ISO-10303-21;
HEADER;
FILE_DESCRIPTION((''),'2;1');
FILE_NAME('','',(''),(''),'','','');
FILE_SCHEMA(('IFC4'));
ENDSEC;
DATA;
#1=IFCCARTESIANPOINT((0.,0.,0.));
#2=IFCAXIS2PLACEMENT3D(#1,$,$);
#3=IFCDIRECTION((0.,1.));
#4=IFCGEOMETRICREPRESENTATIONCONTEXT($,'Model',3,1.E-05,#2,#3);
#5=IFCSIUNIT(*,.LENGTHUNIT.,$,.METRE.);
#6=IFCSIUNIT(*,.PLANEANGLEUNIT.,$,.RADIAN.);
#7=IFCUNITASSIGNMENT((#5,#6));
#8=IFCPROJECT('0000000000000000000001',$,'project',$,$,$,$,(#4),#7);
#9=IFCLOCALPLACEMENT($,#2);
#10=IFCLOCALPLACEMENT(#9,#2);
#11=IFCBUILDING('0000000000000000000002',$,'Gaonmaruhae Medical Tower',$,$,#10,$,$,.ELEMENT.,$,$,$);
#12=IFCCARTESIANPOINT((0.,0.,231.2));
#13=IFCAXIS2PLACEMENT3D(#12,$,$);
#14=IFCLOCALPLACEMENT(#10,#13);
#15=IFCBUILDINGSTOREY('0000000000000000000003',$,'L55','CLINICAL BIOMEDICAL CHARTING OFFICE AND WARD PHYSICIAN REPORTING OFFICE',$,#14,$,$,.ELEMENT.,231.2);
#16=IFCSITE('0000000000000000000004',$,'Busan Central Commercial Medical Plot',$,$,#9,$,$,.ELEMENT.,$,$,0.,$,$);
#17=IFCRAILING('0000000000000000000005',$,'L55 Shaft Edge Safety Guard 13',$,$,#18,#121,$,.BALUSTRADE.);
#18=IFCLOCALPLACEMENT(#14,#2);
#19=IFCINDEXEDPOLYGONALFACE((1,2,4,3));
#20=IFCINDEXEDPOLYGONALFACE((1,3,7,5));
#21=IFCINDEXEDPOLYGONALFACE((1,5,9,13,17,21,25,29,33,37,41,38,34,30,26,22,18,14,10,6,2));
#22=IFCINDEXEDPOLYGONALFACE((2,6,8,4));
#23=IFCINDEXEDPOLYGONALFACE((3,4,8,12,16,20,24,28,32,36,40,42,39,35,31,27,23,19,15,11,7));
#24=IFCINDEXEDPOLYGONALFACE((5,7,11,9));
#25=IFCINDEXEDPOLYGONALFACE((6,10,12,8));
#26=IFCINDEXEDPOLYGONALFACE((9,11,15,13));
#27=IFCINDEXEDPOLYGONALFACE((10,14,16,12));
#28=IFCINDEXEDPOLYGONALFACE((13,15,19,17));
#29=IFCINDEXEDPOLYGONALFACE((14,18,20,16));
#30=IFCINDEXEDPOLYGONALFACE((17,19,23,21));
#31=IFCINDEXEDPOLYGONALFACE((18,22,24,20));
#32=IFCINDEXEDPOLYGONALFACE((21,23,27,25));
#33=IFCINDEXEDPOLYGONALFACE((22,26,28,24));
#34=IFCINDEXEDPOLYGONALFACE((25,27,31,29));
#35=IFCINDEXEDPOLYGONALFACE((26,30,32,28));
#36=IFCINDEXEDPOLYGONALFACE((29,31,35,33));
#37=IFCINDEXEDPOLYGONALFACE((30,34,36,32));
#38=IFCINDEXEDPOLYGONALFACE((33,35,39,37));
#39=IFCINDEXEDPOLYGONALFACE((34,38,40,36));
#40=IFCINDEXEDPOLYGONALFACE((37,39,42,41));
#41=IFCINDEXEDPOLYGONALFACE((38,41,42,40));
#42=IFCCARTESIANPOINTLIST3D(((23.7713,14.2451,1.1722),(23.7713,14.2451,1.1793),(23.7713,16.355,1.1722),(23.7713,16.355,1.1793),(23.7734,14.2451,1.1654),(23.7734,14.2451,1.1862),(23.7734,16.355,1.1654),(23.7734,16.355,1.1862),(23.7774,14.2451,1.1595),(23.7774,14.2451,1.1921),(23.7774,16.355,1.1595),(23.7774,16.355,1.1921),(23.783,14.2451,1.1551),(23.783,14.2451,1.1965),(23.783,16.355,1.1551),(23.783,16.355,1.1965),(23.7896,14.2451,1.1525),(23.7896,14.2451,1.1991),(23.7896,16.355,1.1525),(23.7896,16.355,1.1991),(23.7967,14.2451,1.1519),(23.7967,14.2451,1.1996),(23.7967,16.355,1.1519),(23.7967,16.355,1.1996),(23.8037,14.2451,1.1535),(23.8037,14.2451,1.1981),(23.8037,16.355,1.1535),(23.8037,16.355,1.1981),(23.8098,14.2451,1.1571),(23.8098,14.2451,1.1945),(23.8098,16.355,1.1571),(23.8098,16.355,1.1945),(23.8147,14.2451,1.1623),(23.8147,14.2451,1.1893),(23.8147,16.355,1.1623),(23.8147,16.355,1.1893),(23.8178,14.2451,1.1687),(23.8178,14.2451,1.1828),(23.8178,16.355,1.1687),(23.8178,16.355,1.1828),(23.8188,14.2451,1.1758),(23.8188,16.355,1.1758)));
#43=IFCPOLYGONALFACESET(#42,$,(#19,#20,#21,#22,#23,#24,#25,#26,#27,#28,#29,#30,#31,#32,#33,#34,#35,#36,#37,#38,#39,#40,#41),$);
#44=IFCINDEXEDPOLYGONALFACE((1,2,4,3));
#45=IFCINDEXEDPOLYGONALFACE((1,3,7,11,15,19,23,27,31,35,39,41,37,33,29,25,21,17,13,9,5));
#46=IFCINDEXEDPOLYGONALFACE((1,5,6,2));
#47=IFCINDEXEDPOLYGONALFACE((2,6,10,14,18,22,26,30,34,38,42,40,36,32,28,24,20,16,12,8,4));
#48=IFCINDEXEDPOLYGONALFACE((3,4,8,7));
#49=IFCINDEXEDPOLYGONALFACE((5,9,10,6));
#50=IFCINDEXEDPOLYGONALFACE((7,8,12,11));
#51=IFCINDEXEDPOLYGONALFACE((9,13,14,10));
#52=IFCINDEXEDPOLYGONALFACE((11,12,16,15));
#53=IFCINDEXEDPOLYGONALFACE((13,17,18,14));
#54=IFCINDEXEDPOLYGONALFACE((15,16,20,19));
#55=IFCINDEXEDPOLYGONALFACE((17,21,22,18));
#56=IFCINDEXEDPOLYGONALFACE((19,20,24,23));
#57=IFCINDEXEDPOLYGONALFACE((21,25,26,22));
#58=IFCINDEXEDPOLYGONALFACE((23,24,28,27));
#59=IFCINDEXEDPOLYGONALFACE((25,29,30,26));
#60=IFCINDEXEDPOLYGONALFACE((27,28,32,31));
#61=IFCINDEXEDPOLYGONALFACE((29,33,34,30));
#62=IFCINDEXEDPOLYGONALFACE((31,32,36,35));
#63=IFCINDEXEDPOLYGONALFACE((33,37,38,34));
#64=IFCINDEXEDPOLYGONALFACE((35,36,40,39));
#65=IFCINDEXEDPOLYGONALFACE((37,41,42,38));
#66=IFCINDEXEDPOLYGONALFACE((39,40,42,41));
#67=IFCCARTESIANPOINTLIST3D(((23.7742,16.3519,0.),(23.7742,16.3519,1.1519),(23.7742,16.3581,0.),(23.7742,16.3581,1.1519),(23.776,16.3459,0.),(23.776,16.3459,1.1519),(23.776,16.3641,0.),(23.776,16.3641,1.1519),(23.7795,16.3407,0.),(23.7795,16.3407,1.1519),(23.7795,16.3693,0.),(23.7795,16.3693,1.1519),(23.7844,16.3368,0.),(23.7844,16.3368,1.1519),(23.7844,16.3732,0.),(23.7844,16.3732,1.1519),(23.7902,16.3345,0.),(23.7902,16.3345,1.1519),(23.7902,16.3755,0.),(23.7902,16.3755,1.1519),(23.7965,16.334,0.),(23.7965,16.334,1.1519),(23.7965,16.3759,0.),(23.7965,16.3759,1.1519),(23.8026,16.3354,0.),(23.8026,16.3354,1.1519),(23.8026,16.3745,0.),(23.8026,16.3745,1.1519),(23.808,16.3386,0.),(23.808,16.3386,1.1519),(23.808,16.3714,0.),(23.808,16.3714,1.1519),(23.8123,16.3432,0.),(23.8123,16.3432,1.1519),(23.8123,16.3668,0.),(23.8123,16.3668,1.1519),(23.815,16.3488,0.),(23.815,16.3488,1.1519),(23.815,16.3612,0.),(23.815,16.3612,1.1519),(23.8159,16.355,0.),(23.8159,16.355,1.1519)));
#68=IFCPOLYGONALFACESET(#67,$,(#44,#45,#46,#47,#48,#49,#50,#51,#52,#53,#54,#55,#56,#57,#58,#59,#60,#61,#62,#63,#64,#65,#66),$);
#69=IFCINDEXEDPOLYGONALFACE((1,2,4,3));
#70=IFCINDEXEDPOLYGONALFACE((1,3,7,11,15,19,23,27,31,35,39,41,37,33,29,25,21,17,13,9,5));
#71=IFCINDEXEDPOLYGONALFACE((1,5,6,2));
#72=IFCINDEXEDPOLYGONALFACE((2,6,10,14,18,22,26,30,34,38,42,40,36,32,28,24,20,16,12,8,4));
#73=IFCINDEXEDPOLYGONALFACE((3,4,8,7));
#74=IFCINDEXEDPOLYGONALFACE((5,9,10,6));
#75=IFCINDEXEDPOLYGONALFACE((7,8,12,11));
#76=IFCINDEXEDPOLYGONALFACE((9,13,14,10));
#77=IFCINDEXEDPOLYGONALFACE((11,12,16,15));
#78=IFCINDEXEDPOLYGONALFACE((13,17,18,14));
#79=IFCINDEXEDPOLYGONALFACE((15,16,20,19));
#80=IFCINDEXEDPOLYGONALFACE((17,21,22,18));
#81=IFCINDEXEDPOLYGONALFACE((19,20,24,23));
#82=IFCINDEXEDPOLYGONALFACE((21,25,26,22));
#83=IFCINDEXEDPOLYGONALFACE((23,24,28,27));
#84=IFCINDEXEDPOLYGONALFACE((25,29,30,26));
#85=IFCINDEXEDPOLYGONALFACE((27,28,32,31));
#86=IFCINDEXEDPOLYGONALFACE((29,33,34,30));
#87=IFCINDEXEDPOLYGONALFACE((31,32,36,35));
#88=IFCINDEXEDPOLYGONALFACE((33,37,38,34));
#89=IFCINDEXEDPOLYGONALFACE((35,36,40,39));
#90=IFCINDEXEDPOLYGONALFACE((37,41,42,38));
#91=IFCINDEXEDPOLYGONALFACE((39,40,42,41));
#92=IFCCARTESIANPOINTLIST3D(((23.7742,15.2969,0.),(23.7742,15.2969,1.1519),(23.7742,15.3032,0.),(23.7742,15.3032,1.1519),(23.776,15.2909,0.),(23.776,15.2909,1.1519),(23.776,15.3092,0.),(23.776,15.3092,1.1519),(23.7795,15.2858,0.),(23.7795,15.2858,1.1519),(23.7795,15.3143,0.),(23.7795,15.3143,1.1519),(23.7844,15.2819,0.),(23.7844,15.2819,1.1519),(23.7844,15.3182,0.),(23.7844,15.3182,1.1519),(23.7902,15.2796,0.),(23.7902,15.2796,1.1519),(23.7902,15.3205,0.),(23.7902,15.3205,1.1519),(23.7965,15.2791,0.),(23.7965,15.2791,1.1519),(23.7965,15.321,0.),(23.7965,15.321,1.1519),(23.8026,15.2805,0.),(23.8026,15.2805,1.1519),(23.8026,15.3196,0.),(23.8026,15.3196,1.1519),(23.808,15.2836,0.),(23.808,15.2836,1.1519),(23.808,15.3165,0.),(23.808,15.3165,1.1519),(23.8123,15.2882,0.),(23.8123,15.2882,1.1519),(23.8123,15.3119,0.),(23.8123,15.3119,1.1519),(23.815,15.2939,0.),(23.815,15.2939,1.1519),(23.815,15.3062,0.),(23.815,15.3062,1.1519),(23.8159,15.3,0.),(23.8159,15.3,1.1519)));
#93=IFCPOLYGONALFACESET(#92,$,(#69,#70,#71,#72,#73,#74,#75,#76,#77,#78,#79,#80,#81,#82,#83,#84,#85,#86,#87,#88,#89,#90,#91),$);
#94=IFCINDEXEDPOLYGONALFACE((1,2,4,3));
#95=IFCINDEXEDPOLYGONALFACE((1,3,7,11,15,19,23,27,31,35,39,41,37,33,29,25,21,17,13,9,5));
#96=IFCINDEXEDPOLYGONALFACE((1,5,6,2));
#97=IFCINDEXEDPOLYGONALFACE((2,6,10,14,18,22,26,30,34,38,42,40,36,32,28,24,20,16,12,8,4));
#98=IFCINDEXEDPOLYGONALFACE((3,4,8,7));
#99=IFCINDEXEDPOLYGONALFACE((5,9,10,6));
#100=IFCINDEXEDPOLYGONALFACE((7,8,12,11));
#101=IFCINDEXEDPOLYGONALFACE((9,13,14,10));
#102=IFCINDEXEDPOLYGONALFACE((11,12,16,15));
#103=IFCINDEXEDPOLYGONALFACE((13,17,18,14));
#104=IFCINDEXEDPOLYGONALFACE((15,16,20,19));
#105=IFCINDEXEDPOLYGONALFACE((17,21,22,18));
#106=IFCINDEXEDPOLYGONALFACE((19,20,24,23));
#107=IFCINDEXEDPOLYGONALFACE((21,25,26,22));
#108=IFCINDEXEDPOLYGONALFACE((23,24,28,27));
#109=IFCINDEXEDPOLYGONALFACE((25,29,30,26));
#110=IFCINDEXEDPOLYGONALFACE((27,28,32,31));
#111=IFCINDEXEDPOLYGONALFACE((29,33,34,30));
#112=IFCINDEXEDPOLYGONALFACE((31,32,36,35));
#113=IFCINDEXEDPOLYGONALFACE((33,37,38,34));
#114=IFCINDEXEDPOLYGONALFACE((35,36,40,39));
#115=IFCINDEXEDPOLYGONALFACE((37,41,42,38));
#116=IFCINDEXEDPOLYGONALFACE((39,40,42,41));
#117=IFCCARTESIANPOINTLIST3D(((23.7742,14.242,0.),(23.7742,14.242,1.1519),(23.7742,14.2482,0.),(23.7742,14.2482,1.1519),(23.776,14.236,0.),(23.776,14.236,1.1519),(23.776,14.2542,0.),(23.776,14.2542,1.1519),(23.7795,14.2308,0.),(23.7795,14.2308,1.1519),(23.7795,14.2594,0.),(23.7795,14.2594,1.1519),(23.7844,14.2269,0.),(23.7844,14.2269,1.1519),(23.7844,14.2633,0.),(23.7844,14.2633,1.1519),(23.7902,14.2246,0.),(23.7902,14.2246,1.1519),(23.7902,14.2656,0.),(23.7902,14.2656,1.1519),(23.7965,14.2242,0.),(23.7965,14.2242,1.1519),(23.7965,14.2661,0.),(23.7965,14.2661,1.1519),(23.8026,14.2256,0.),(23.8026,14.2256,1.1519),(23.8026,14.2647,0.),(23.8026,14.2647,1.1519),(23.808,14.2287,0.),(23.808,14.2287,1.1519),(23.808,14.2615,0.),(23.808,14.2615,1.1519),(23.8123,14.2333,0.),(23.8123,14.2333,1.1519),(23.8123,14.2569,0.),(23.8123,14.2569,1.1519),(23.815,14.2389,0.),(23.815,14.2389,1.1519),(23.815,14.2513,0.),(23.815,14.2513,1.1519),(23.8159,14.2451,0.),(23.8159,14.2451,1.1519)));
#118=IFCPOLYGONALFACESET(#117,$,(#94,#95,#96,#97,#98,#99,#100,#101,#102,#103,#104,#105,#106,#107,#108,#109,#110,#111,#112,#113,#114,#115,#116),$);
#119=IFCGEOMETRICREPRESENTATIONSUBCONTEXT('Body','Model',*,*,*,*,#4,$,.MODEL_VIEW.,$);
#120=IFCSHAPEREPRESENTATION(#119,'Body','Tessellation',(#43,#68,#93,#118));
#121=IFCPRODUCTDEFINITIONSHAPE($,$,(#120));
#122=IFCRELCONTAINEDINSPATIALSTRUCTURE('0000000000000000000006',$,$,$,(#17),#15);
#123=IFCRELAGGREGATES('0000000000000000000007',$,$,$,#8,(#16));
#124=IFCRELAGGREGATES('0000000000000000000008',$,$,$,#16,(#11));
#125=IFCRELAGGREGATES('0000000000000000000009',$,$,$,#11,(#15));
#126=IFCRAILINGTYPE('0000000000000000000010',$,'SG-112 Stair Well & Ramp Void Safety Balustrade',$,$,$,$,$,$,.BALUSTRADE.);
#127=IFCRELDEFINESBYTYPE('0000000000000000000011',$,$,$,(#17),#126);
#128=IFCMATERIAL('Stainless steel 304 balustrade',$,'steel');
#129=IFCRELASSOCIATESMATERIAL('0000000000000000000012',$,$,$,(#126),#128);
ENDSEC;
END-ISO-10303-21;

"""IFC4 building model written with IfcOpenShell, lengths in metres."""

from ifc_helpers import new_model, si_unit, direction, frame, origin, origin_2d, place, context, subcontext, project, spatial, circle, extrude, material, type_object, element, save


model = new_model("IFC4")

# Units and contexts
model_context = context("Model", 3, precision=1e-05, world=origin(), true_north=direction((0.0, 1.0)))
body_context = subcontext(model_context, "Body", "Model", "MODEL_VIEW")
ifc_project = project(units=[si_unit("LENGTHUNIT", "METRE"), si_unit("PLANEANGLEUNIT", "RADIAN")], contexts=[model_context])

# Site, building, storey
site_placement = place(None, origin())
site = spatial("IfcSite", under=ifc_project, at=site_placement, Name="Busan Central Commercial Medical Plot", CompositionType="ELEMENT", RefElevation=0.0)
building_placement = place(site_placement, origin())
building = spatial("IfcBuilding", under=site, at=building_placement, Name="Gaonmaruhae Medical Tower", CompositionType="ELEMENT")
storey_placement = place(building_placement, frame((0.0, 0.0, 231.2)))
storey = spatial("IfcBuildingStorey", under=building, at=storey_placement, Name="L55", Description="CLINICAL BIOMEDICAL CHARTING OFFICE AND WARD PHYSICIAN REPORTING OFFICE", CompositionType="ELEMENT", Elevation=231.2)

# Railing
ifc_material_1 = material(Name="Stainless steel 304 balustrade", Category="steel")
railing_type_1 = type_object("IfcRailingType", Name="SG-112 Stair Well & Ramp Void Safety Balustrade", PredefinedType="BALUSTRADE", material=ifc_material_1)
railing_1_placement = place(storey_placement, frame((23.7949, 16.355, 0.0)))
element("IfcRailing", 1, at=railing_1_placement, inside=storey, type_object=railing_type_1, Name="L55 Shaft Edge Safety Guard 13", PredefinedType="BALUSTRADE", context=body_context, shape_type="SweptSolid", body=[
    extrude(circle(Radius=0.0239, at=origin_2d()), frame((0.0, 0.0, 1.1758), z_axis=(0.0, -1.0, 0.0), x_axis=(1.0, 0.0, 0.0)), (0.0, 0.0, 1.0), 2.1099),
    extrude(circle(Radius=0.021, at=origin_2d()), origin(), (0.0, 0.0, 1.0), 1.1519),
    extrude(circle(Radius=0.021, at=origin_2d()), frame((0.0, -1.0549, 0.0)), (0.0, 0.0, 1.0), 1.1519),
    extrude(circle(Radius=0.021, at=origin_2d()), frame((0.0, -2.1099, 0.0)), (0.0, 0.0, 1.0), 1.1519),
])

save(model, "model.ifc")
